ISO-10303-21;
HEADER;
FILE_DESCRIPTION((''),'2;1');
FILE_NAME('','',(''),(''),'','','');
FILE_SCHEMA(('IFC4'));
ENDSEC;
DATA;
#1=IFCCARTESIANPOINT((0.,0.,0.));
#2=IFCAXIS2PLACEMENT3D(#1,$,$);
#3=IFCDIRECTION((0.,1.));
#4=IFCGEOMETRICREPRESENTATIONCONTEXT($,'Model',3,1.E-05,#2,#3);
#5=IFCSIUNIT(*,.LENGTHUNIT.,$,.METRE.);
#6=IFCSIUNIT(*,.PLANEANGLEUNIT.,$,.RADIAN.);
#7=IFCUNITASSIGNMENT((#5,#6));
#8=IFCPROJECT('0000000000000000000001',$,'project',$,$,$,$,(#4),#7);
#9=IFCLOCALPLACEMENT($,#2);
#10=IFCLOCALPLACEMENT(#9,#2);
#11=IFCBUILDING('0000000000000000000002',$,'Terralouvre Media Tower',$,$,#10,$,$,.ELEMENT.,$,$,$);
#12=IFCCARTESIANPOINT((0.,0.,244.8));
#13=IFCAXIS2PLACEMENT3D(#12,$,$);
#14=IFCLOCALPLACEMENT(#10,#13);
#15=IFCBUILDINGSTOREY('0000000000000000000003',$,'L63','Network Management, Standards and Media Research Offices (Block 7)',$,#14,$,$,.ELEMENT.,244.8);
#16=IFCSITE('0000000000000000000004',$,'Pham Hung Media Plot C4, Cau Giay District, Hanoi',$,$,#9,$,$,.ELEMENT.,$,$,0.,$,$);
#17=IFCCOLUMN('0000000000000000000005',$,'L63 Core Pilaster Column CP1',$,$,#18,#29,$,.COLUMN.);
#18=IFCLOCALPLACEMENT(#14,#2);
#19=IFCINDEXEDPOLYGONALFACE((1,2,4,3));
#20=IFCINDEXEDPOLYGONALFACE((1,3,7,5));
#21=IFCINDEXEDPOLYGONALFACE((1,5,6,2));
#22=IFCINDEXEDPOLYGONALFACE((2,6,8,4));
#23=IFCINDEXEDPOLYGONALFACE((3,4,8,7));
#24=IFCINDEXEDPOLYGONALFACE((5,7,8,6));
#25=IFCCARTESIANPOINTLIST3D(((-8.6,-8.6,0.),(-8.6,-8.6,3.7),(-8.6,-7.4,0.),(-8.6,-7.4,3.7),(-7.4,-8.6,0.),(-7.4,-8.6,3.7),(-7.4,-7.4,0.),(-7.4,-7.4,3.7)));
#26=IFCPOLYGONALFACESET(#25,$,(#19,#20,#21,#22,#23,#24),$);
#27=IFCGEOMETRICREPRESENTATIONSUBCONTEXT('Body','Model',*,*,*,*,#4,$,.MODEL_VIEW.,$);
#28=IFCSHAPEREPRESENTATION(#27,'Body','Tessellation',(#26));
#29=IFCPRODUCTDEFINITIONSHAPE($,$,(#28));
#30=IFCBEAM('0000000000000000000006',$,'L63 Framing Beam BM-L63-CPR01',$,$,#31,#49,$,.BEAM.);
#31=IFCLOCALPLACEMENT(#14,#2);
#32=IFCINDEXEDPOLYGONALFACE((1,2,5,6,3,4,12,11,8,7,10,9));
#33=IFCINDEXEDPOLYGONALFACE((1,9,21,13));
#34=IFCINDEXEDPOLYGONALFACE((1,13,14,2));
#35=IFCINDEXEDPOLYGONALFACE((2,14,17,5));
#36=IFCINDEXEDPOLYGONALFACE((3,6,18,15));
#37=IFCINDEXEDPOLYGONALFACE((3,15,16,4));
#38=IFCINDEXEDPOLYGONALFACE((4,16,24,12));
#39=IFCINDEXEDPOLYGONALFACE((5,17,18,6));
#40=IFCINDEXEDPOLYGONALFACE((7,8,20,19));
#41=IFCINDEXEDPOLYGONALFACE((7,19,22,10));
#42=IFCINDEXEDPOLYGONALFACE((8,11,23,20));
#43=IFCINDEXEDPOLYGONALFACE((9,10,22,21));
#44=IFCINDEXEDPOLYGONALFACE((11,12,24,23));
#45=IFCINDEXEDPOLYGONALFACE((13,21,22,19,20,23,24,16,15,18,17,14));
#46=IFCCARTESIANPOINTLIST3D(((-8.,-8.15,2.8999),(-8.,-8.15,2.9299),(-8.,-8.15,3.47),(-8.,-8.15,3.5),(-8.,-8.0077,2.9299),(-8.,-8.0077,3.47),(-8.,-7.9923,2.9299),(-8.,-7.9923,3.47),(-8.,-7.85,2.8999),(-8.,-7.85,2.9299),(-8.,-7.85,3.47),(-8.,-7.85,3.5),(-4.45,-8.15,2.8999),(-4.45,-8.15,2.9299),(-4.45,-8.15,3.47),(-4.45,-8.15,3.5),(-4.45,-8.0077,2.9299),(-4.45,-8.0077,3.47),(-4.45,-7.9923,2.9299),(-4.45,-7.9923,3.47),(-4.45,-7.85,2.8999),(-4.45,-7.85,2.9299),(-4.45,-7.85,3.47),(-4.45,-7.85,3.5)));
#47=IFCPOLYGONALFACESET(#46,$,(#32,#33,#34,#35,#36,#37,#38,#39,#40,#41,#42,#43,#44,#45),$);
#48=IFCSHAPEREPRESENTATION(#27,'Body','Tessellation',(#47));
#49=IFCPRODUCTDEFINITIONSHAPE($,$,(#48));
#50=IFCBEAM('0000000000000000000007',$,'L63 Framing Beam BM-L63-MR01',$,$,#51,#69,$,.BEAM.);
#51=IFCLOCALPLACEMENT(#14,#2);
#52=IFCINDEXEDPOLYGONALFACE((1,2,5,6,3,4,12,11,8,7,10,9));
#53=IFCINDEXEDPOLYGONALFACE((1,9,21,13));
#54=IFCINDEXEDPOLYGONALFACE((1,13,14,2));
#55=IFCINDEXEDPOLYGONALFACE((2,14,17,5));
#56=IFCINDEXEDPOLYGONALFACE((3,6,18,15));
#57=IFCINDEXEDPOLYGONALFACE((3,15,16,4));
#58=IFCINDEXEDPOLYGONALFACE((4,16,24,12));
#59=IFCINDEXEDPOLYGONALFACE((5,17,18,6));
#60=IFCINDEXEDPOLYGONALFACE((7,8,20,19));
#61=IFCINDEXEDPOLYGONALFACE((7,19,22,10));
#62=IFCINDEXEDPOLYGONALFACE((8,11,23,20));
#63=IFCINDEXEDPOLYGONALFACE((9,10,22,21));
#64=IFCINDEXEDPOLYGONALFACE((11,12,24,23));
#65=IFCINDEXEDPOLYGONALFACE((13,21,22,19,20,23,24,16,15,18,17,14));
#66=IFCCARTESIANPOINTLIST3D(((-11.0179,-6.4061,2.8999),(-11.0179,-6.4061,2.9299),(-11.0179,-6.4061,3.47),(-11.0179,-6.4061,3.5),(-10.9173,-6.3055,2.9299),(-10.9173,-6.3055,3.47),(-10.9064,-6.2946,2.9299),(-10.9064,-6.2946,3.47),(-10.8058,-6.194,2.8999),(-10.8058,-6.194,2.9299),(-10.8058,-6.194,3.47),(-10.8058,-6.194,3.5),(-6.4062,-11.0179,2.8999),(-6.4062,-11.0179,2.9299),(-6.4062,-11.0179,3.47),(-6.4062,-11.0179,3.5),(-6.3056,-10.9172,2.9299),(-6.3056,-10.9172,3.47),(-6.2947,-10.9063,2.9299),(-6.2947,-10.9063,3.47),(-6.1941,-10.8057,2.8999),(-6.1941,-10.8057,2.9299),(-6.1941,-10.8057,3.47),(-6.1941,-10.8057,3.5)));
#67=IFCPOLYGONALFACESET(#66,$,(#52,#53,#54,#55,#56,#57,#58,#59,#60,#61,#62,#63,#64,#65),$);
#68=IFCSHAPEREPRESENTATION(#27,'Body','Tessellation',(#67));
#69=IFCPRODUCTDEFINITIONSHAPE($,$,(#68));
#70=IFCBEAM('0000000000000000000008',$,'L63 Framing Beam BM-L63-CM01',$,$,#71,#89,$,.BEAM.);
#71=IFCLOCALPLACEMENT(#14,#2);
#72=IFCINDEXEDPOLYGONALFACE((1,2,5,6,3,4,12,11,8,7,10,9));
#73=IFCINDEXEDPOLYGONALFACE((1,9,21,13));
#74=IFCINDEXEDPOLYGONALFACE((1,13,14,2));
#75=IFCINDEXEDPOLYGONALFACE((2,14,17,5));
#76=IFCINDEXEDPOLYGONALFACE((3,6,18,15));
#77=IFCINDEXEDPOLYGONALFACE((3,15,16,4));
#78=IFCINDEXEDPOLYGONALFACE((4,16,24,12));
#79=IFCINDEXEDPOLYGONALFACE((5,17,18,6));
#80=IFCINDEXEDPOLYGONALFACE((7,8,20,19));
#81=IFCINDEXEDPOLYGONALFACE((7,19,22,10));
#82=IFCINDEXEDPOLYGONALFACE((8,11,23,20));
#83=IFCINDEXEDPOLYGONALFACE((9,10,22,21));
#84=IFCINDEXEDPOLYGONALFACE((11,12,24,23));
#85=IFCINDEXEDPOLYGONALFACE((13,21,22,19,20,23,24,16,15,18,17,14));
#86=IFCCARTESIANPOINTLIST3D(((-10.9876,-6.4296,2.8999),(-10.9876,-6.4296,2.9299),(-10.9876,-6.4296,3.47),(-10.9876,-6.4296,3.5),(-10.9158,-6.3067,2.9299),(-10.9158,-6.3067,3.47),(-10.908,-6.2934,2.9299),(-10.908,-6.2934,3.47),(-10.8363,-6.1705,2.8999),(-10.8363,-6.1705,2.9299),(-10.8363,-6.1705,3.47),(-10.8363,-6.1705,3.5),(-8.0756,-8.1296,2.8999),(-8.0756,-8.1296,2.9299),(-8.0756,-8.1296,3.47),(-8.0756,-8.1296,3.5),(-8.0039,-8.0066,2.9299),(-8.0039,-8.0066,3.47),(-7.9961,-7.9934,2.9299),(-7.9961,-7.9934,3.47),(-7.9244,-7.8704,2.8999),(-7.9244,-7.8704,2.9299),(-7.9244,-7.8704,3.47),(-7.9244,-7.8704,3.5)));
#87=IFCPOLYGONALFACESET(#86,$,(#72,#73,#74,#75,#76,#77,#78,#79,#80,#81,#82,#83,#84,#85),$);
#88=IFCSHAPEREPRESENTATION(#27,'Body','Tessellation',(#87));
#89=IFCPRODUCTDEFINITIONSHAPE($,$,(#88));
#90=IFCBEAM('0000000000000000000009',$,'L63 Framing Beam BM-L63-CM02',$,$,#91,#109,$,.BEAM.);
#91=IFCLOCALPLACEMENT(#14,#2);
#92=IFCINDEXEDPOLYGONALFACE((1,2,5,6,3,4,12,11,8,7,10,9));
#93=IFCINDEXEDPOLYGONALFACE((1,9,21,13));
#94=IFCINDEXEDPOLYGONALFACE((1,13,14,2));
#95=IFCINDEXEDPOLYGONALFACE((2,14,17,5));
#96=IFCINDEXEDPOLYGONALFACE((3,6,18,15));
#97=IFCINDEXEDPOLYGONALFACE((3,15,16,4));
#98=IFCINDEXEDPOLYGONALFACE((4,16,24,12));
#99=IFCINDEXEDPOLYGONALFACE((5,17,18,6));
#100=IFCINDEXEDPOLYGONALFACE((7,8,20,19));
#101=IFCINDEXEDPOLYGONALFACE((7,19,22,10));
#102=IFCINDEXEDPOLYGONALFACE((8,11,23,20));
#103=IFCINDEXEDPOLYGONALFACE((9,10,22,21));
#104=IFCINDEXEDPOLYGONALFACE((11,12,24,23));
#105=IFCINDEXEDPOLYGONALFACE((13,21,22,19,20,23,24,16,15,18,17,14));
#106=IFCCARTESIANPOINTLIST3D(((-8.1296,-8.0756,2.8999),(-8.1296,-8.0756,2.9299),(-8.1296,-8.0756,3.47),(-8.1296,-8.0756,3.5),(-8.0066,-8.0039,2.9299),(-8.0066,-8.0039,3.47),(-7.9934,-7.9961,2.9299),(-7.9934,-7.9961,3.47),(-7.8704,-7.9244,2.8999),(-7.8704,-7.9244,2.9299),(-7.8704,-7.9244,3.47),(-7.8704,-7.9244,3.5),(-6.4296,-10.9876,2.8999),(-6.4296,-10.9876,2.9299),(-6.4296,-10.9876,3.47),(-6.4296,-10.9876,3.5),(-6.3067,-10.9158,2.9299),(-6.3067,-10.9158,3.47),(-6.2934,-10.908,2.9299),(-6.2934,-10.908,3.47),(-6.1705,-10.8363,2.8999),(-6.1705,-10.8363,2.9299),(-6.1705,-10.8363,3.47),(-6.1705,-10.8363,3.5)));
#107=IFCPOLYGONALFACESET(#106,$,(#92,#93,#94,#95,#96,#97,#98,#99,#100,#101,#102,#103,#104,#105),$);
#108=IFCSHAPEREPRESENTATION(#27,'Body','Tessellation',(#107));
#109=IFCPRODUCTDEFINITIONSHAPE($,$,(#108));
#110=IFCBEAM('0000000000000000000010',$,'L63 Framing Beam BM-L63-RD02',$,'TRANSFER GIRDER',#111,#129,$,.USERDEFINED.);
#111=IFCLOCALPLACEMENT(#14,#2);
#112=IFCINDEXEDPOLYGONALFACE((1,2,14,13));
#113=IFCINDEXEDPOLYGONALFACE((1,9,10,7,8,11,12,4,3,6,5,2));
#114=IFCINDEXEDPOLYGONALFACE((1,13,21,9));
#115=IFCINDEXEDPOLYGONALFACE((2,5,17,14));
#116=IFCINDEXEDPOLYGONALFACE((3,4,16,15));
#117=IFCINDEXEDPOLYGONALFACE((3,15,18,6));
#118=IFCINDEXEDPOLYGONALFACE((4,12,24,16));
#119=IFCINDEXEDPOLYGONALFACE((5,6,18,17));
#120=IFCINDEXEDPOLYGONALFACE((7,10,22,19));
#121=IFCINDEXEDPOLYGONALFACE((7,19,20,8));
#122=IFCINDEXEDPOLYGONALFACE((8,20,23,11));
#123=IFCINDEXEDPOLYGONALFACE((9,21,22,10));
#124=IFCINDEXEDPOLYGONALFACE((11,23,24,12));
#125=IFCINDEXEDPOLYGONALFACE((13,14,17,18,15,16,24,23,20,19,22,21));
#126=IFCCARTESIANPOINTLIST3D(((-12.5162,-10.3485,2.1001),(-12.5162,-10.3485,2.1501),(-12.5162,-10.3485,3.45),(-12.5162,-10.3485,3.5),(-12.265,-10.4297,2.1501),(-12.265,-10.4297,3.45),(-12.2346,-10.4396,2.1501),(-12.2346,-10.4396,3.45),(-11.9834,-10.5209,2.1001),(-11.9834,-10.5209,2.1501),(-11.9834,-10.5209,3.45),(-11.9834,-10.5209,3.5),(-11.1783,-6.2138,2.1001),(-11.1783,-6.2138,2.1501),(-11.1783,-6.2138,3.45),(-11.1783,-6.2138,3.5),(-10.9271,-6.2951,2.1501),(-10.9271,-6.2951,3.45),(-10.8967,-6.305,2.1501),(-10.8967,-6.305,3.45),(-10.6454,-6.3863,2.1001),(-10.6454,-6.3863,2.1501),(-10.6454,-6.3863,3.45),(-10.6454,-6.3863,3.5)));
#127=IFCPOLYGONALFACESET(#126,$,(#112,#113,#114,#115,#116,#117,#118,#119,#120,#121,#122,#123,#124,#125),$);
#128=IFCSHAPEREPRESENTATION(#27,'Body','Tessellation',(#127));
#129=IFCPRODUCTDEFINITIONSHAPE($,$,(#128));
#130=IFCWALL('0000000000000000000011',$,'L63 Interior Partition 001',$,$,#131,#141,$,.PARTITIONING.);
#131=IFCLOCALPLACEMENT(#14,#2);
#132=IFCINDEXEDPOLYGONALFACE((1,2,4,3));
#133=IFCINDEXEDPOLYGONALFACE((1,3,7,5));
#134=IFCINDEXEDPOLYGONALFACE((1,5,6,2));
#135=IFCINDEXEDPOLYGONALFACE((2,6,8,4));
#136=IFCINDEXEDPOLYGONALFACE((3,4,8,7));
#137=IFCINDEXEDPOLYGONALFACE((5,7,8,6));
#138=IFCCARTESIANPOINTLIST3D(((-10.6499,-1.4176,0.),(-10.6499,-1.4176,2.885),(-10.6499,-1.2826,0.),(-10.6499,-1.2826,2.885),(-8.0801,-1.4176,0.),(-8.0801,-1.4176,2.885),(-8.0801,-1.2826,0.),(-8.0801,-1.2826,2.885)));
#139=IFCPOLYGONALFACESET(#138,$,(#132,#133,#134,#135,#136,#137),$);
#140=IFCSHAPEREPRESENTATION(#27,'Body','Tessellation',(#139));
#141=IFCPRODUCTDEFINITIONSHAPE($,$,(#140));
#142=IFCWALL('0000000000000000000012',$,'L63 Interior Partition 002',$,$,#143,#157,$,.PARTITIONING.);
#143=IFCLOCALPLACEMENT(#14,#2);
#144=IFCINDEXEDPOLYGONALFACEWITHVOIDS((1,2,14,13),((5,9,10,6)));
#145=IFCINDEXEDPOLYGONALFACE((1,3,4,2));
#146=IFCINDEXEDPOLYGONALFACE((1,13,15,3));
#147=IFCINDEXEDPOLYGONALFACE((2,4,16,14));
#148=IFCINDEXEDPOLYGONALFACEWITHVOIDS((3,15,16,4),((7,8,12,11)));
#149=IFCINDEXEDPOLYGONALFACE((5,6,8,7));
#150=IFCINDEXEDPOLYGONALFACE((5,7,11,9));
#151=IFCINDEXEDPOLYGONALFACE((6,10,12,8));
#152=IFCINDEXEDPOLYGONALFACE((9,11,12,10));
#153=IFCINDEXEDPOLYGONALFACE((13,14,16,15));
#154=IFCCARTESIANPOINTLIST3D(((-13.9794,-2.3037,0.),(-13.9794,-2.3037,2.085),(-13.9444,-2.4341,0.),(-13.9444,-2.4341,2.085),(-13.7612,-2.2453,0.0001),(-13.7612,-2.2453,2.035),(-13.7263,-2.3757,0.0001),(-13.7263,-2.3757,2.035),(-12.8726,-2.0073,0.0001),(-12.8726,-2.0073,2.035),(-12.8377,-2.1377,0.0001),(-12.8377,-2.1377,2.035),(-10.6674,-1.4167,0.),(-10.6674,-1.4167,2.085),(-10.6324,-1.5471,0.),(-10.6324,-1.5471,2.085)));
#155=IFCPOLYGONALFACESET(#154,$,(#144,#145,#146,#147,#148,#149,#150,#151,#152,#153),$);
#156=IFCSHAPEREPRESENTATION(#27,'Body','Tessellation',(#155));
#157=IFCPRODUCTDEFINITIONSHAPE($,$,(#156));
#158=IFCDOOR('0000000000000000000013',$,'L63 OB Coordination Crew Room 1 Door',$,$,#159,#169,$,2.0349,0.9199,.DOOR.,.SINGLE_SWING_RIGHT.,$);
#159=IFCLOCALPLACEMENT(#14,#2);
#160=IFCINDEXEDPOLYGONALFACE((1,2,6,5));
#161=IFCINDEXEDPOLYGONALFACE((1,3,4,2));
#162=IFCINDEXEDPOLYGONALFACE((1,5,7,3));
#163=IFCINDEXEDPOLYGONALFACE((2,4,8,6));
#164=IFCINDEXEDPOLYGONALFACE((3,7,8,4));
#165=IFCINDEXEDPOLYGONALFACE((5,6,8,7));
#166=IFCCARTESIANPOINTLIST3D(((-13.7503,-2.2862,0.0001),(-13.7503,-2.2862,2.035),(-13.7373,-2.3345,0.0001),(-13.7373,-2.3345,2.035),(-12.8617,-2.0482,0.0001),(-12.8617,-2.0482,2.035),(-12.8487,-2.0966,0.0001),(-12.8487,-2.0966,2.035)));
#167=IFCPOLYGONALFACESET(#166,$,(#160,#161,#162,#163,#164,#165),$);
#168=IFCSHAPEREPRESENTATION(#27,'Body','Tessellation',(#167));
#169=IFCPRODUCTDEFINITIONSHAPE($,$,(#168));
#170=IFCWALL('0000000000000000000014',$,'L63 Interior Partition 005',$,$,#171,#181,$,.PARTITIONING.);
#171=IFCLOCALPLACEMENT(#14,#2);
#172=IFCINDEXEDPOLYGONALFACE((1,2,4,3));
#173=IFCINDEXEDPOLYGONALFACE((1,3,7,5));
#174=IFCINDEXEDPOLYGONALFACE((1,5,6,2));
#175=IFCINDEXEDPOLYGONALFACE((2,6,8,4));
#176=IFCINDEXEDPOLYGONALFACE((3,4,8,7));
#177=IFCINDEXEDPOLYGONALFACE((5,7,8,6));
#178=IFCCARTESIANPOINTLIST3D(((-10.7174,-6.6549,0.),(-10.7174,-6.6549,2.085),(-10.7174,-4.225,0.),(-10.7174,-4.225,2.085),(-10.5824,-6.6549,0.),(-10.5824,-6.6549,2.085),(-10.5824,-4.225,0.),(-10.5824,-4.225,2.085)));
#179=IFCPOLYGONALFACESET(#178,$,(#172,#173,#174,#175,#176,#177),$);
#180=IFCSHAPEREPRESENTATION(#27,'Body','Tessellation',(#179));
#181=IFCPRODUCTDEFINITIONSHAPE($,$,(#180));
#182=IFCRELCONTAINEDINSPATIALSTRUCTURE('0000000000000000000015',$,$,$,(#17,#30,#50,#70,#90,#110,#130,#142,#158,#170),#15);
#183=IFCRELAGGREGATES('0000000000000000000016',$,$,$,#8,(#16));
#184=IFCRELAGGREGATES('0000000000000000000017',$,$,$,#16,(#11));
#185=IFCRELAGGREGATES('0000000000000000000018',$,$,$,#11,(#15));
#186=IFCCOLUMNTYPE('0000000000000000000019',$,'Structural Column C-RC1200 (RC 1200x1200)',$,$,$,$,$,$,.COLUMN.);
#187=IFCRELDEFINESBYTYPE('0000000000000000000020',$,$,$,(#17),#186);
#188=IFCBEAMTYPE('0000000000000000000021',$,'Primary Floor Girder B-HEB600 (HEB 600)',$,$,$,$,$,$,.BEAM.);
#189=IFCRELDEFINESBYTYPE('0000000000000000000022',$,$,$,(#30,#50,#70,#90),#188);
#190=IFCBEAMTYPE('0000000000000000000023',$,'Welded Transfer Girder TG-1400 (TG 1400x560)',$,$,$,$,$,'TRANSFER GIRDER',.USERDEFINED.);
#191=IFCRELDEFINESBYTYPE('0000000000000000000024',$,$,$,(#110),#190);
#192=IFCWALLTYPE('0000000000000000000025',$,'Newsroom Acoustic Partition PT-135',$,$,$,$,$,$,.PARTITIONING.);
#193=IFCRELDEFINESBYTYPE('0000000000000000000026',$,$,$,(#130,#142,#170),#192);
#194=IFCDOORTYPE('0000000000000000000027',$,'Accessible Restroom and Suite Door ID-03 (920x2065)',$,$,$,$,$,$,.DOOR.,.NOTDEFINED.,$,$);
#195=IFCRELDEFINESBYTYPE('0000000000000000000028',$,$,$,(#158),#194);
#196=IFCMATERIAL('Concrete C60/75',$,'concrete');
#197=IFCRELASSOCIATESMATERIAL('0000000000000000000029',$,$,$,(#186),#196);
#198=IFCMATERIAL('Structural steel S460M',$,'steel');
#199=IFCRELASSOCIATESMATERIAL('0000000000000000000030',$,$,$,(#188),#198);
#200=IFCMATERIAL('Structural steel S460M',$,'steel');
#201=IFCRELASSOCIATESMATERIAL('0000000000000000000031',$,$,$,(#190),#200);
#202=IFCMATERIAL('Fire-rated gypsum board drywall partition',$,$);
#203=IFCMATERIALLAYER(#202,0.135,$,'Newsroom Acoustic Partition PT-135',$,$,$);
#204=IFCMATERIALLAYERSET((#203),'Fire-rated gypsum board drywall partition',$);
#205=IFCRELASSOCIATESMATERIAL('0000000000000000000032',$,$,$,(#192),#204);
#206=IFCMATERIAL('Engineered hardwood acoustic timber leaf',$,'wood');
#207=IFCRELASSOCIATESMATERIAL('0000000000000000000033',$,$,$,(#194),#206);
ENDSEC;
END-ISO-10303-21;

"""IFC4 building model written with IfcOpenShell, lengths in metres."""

from ifc_helpers import new_model, si_unit, direction, frame, frame_2d, origin, origin_2d, place, context, subcontext, project, spatial, rectangle, i_section, extrude, material, layer, layer_set, material_profile, profile_set, type_object, element, fill, save


model = new_model("IFC4")

# Units and contexts
model_context = context("Model", 3, precision=1e-05, world=origin(), true_north=direction((0.0, 1.0)))
body_context = subcontext(model_context, "Body", "Model", "MODEL_VIEW")
ifc_project = project(units=[si_unit("LENGTHUNIT", "METRE"), si_unit("PLANEANGLEUNIT", "RADIAN")], contexts=[model_context])

# Site, building, storey
site_placement = place(None, origin())
site = spatial("IfcSite", under=ifc_project, at=site_placement, Name="Pham Hung Media Plot C4, Cau Giay District, Hanoi", CompositionType="ELEMENT", RefElevation=0.0)
building_placement = place(site_placement, origin())
building = spatial("IfcBuilding", under=site, at=building_placement, Name="Terralouvre Media Tower", CompositionType="ELEMENT")
storey_placement = place(building_placement, frame((0.0, 0.0, 244.8)))
storey = spatial("IfcBuildingStorey", under=building, at=storey_placement, Name="L63", Description="Network Management, Standards and Media Research Offices (Block 7)", CompositionType="ELEMENT", Elevation=244.8)

# Column
ifc_material_1 = material(Name="Concrete C60/75", Category="concrete")
ifc_material_profile_1 = material_profile(ifc_material_1, rectangle(XDim=1.2, YDim=1.2, at=origin_2d()), Name="RC 1200x1200")
ifc_profile_set_1 = profile_set([ifc_material_profile_1], Name="Concrete C60/75")
column_type = type_object("IfcColumnType", Name="Structural Column C-RC1200 (RC 1200x1200)", PredefinedType="COLUMN", material=ifc_profile_set_1)
column_placement = place(storey_placement, frame((-8.0, -8.0, 0.0), z_axis=(0.0, 0.0, 1.0), x_axis=(1.0, 0.0, 0.0)))
element("IfcColumn", 1, at=column_placement, inside=storey, type_object=column_type, Name="L63 Core Pilaster Column CP1", PredefinedType="COLUMN", context=body_context, shape_type="SweptSolid", body=[
    extrude(rectangle(XDim=1.2, YDim=1.2, at=origin_2d()), origin(), (0.0, 0.0, 1.0), 3.7),
])

# Beams
ifc_material_2 = material(Name="Structural steel S460M", Category="steel")
ifc_material_profile_2 = material_profile(ifc_material_2, i_section(OverallWidth=0.3, OverallDepth=0.6001, WebThickness=0.0154, FlangeThickness=0.03, at=origin_2d()), Name="HEB 600")
ifc_profile_set_2 = profile_set([ifc_material_profile_2], Name="Structural steel S460M")
beam_type_1 = type_object("IfcBeamType", Name="Primary Floor Girder B-HEB600 (HEB 600)", PredefinedType="BEAM", material=ifc_profile_set_2)
beam_1_placement = place(storey_placement, frame((-8.0, -8.0, 3.2), z_axis=(1.0, 0.0, 0.0), x_axis=(0.0, 1.0, 0.0)))
element("IfcBeam", 2, at=beam_1_placement, inside=storey, type_object=beam_type_1, Name="L63 Framing Beam BM-L63-CPR01", PredefinedType="BEAM", context=body_context, shape_type="SweptSolid", body=[
    extrude(i_section(OverallWidth=0.3, OverallDepth=0.6001, WebThickness=0.0154, FlangeThickness=0.03, at=origin_2d()), origin(), (0.0, 0.0, 1.0), 3.55),
])
beam_2_placement = place(storey_placement, frame((-10.9119, -6.3, 3.2), z_axis=(0.707107, -0.707107, 0.0), x_axis=(0.707107, 0.707107, 0.0)))
element("IfcBeam", 3, at=beam_2_placement, inside=storey, type_object=beam_type_1, Name="L63 Framing Beam BM-L63-MR01", PredefinedType="BEAM", context=body_context, shape_type="SweptSolid", body=[
    extrude(i_section(OverallWidth=0.3, OverallDepth=0.6001, WebThickness=0.0154, FlangeThickness=0.03, at=origin_2d()), origin(), (0.0, 0.0, 1.0), 6.522),
])
for number, where, z_axis, x_axis, name in (
    (4, (-8.0, -8.0, 3.2), (-0.863603, 0.504173, 0.0), (-0.504173, -0.863603, 0.0), "L63 Framing Beam BM-L63-CM01"),
    (5, (-8.0, -8.0, 3.2), (0.504173, -0.863603, 0.0), (0.863603, 0.504173, 0.0), "L63 Framing Beam BM-L63-CM02"),
):
    element("IfcBeam", number, at=place(storey_placement, frame(where, z_axis=z_axis, x_axis=x_axis)), inside=storey, type_object=beam_type_1, Name=name, PredefinedType="BEAM", context=body_context, shape_type="SweptSolid", body=[
        extrude(i_section(OverallWidth=0.3, OverallDepth=0.6001, WebThickness=0.0154, FlangeThickness=0.03, at=origin_2d()), origin(), (0.0, 0.0, 1.0), 3.3718),
    ])
ifc_material_3 = material(Name="Structural steel S460M", Category="steel")
ifc_material_profile_3 = material_profile(ifc_material_3, i_section(OverallWidth=0.5601, OverallDepth=1.3999, WebThickness=0.032, FlangeThickness=0.05, at=origin_2d()), Name="TG 1400x560")
ifc_profile_set_3 = profile_set([ifc_material_profile_3], Name="Structural steel S460M")
beam_type_2 = type_object("IfcBeamType", Name="Welded Transfer Girder TG-1400 (TG 1400x560)", ElementType="TRANSFER GIRDER", PredefinedType="USERDEFINED", material=ifc_profile_set_3)
beam_3_placement = place(storey_placement, frame((-10.9119, -6.3, 2.8), z_axis=(-0.307873, -0.951428, 0.0), x_axis=(0.951428, -0.307873, 0.0)))
element("IfcBeam", 6, at=beam_3_placement, inside=storey, type_object=beam_type_2, Name="L63 Framing Beam BM-L63-RD02", ObjectType="TRANSFER GIRDER", PredefinedType="USERDEFINED", context=body_context, shape_type="SweptSolid", body=[
    extrude(i_section(OverallWidth=0.5601, OverallDepth=1.3999, WebThickness=0.032, FlangeThickness=0.05, at=origin_2d()), origin(), (0.0, 0.0, 1.0), 4.3457),
])

# Wall
ifc_material_4 = material(Name="Fire-rated gypsum board drywall partition")
ifc_layer = layer(ifc_material_4, 0.135, Name="Newsroom Acoustic Partition PT-135")
ifc_layer_set = layer_set([ifc_layer], Name="Fire-rated gypsum board drywall partition")
wall_type = type_object("IfcWallType", Name="Newsroom Acoustic Partition PT-135", PredefinedType="PARTITIONING", material=ifc_layer_set)
wall_1_placement = place(storey_placement, frame((-8.0801, -1.3501, 0.0), z_axis=(0.0, 0.0, 1.0), x_axis=(-1.0, 0.0, 0.0)))
element("IfcWall", 7, at=wall_1_placement, inside=storey, type_object=wall_type, Name="L63 Interior Partition 001", PredefinedType="PARTITIONING", context=body_context, shape_type="SweptSolid", body=[
    extrude(rectangle(XDim=2.5698, YDim=0.135, at=frame_2d((1.2849, 0.0))), origin(), (0.0, 0.0, 1.0), 2.885),
])

# Wall, opening, door
wall_2_placement = place(storey_placement, frame((-10.6499, -1.4819, 0.0), z_axis=(0.0, 0.0, 1.0), x_axis=(-0.965961, -0.258686, 0.0)))
wall_2 = element("IfcWall", 8, at=wall_2_placement, inside=storey, type_object=wall_type, Name="L63 Interior Partition 002", PredefinedType="PARTITIONING", context=body_context, shape_type="SweptSolid", body=[
    extrude(rectangle(XDim=3.4287, YDim=0.135, at=frame_2d((1.7144, 0.0))), origin(), (0.0, 0.0, 1.0), 2.085),
])
opening_placement = place(wall_2_placement, frame((2.283, 0.0, 0.0)))
opening = element("IfcOpeningElement", 9, at=opening_placement, cuts=wall_2, PredefinedType="OPENING", context=body_context, shape_type="SweptSolid", body=[
    extrude(rectangle(XDim=0.9199, YDim=2.0349, at=frame_2d((0.46, 1.0176))), frame((0.0, 0.0774, 0.0), z_axis=(0.0, -1.0, 0.0), x_axis=(1.0, 0.0, 0.0)), (0.0, 0.0, 1.0), 0.155),
])
ifc_material_5 = material(Name="Engineered hardwood acoustic timber leaf", Category="wood")
door_type = type_object("IfcDoorType", Name="Accessible Restroom and Suite Door ID-03 (920x2065)", OperationType="NOTDEFINED", PredefinedType="DOOR", material=ifc_material_5)
door_placement = place(opening_placement, origin())
door = element("IfcDoor", 10, at=door_placement, inside=storey, type_object=door_type, Name="L63 OB Coordination Crew Room 1 Door", OperationType="SINGLE_SWING_RIGHT", OverallHeight=2.0349, OverallWidth=0.9199, PredefinedType="DOOR", context=body_context, shape_type="SweptSolid", body=[
    extrude(rectangle(XDim=0.9199, YDim=2.0349, at=frame_2d((0.46, 1.0176))), frame((0.0, 0.0249, 0.0), z_axis=(0.0, -1.0, 0.0), x_axis=(1.0, 0.0, 0.0)), (0.0, 0.0, 1.0), 0.05),
])
fill(opening, door)

# Wall
wall_3_placement = place(storey_placement, frame((-10.6499, -4.2251, 0.0), z_axis=(0.0, 0.0, 1.0), x_axis=(0.0, -1.0, 0.0)))
element("IfcWall", 11, at=wall_3_placement, inside=storey, type_object=wall_type, Name="L63 Interior Partition 005", PredefinedType="PARTITIONING", context=body_context, shape_type="SweptSolid", body=[
    extrude(rectangle(XDim=2.4299, YDim=0.135, at=frame_2d((1.2148, 0.0))), origin(), (0.0, 0.0, 1.0), 2.085),
])

save(model, "model.ifc")
